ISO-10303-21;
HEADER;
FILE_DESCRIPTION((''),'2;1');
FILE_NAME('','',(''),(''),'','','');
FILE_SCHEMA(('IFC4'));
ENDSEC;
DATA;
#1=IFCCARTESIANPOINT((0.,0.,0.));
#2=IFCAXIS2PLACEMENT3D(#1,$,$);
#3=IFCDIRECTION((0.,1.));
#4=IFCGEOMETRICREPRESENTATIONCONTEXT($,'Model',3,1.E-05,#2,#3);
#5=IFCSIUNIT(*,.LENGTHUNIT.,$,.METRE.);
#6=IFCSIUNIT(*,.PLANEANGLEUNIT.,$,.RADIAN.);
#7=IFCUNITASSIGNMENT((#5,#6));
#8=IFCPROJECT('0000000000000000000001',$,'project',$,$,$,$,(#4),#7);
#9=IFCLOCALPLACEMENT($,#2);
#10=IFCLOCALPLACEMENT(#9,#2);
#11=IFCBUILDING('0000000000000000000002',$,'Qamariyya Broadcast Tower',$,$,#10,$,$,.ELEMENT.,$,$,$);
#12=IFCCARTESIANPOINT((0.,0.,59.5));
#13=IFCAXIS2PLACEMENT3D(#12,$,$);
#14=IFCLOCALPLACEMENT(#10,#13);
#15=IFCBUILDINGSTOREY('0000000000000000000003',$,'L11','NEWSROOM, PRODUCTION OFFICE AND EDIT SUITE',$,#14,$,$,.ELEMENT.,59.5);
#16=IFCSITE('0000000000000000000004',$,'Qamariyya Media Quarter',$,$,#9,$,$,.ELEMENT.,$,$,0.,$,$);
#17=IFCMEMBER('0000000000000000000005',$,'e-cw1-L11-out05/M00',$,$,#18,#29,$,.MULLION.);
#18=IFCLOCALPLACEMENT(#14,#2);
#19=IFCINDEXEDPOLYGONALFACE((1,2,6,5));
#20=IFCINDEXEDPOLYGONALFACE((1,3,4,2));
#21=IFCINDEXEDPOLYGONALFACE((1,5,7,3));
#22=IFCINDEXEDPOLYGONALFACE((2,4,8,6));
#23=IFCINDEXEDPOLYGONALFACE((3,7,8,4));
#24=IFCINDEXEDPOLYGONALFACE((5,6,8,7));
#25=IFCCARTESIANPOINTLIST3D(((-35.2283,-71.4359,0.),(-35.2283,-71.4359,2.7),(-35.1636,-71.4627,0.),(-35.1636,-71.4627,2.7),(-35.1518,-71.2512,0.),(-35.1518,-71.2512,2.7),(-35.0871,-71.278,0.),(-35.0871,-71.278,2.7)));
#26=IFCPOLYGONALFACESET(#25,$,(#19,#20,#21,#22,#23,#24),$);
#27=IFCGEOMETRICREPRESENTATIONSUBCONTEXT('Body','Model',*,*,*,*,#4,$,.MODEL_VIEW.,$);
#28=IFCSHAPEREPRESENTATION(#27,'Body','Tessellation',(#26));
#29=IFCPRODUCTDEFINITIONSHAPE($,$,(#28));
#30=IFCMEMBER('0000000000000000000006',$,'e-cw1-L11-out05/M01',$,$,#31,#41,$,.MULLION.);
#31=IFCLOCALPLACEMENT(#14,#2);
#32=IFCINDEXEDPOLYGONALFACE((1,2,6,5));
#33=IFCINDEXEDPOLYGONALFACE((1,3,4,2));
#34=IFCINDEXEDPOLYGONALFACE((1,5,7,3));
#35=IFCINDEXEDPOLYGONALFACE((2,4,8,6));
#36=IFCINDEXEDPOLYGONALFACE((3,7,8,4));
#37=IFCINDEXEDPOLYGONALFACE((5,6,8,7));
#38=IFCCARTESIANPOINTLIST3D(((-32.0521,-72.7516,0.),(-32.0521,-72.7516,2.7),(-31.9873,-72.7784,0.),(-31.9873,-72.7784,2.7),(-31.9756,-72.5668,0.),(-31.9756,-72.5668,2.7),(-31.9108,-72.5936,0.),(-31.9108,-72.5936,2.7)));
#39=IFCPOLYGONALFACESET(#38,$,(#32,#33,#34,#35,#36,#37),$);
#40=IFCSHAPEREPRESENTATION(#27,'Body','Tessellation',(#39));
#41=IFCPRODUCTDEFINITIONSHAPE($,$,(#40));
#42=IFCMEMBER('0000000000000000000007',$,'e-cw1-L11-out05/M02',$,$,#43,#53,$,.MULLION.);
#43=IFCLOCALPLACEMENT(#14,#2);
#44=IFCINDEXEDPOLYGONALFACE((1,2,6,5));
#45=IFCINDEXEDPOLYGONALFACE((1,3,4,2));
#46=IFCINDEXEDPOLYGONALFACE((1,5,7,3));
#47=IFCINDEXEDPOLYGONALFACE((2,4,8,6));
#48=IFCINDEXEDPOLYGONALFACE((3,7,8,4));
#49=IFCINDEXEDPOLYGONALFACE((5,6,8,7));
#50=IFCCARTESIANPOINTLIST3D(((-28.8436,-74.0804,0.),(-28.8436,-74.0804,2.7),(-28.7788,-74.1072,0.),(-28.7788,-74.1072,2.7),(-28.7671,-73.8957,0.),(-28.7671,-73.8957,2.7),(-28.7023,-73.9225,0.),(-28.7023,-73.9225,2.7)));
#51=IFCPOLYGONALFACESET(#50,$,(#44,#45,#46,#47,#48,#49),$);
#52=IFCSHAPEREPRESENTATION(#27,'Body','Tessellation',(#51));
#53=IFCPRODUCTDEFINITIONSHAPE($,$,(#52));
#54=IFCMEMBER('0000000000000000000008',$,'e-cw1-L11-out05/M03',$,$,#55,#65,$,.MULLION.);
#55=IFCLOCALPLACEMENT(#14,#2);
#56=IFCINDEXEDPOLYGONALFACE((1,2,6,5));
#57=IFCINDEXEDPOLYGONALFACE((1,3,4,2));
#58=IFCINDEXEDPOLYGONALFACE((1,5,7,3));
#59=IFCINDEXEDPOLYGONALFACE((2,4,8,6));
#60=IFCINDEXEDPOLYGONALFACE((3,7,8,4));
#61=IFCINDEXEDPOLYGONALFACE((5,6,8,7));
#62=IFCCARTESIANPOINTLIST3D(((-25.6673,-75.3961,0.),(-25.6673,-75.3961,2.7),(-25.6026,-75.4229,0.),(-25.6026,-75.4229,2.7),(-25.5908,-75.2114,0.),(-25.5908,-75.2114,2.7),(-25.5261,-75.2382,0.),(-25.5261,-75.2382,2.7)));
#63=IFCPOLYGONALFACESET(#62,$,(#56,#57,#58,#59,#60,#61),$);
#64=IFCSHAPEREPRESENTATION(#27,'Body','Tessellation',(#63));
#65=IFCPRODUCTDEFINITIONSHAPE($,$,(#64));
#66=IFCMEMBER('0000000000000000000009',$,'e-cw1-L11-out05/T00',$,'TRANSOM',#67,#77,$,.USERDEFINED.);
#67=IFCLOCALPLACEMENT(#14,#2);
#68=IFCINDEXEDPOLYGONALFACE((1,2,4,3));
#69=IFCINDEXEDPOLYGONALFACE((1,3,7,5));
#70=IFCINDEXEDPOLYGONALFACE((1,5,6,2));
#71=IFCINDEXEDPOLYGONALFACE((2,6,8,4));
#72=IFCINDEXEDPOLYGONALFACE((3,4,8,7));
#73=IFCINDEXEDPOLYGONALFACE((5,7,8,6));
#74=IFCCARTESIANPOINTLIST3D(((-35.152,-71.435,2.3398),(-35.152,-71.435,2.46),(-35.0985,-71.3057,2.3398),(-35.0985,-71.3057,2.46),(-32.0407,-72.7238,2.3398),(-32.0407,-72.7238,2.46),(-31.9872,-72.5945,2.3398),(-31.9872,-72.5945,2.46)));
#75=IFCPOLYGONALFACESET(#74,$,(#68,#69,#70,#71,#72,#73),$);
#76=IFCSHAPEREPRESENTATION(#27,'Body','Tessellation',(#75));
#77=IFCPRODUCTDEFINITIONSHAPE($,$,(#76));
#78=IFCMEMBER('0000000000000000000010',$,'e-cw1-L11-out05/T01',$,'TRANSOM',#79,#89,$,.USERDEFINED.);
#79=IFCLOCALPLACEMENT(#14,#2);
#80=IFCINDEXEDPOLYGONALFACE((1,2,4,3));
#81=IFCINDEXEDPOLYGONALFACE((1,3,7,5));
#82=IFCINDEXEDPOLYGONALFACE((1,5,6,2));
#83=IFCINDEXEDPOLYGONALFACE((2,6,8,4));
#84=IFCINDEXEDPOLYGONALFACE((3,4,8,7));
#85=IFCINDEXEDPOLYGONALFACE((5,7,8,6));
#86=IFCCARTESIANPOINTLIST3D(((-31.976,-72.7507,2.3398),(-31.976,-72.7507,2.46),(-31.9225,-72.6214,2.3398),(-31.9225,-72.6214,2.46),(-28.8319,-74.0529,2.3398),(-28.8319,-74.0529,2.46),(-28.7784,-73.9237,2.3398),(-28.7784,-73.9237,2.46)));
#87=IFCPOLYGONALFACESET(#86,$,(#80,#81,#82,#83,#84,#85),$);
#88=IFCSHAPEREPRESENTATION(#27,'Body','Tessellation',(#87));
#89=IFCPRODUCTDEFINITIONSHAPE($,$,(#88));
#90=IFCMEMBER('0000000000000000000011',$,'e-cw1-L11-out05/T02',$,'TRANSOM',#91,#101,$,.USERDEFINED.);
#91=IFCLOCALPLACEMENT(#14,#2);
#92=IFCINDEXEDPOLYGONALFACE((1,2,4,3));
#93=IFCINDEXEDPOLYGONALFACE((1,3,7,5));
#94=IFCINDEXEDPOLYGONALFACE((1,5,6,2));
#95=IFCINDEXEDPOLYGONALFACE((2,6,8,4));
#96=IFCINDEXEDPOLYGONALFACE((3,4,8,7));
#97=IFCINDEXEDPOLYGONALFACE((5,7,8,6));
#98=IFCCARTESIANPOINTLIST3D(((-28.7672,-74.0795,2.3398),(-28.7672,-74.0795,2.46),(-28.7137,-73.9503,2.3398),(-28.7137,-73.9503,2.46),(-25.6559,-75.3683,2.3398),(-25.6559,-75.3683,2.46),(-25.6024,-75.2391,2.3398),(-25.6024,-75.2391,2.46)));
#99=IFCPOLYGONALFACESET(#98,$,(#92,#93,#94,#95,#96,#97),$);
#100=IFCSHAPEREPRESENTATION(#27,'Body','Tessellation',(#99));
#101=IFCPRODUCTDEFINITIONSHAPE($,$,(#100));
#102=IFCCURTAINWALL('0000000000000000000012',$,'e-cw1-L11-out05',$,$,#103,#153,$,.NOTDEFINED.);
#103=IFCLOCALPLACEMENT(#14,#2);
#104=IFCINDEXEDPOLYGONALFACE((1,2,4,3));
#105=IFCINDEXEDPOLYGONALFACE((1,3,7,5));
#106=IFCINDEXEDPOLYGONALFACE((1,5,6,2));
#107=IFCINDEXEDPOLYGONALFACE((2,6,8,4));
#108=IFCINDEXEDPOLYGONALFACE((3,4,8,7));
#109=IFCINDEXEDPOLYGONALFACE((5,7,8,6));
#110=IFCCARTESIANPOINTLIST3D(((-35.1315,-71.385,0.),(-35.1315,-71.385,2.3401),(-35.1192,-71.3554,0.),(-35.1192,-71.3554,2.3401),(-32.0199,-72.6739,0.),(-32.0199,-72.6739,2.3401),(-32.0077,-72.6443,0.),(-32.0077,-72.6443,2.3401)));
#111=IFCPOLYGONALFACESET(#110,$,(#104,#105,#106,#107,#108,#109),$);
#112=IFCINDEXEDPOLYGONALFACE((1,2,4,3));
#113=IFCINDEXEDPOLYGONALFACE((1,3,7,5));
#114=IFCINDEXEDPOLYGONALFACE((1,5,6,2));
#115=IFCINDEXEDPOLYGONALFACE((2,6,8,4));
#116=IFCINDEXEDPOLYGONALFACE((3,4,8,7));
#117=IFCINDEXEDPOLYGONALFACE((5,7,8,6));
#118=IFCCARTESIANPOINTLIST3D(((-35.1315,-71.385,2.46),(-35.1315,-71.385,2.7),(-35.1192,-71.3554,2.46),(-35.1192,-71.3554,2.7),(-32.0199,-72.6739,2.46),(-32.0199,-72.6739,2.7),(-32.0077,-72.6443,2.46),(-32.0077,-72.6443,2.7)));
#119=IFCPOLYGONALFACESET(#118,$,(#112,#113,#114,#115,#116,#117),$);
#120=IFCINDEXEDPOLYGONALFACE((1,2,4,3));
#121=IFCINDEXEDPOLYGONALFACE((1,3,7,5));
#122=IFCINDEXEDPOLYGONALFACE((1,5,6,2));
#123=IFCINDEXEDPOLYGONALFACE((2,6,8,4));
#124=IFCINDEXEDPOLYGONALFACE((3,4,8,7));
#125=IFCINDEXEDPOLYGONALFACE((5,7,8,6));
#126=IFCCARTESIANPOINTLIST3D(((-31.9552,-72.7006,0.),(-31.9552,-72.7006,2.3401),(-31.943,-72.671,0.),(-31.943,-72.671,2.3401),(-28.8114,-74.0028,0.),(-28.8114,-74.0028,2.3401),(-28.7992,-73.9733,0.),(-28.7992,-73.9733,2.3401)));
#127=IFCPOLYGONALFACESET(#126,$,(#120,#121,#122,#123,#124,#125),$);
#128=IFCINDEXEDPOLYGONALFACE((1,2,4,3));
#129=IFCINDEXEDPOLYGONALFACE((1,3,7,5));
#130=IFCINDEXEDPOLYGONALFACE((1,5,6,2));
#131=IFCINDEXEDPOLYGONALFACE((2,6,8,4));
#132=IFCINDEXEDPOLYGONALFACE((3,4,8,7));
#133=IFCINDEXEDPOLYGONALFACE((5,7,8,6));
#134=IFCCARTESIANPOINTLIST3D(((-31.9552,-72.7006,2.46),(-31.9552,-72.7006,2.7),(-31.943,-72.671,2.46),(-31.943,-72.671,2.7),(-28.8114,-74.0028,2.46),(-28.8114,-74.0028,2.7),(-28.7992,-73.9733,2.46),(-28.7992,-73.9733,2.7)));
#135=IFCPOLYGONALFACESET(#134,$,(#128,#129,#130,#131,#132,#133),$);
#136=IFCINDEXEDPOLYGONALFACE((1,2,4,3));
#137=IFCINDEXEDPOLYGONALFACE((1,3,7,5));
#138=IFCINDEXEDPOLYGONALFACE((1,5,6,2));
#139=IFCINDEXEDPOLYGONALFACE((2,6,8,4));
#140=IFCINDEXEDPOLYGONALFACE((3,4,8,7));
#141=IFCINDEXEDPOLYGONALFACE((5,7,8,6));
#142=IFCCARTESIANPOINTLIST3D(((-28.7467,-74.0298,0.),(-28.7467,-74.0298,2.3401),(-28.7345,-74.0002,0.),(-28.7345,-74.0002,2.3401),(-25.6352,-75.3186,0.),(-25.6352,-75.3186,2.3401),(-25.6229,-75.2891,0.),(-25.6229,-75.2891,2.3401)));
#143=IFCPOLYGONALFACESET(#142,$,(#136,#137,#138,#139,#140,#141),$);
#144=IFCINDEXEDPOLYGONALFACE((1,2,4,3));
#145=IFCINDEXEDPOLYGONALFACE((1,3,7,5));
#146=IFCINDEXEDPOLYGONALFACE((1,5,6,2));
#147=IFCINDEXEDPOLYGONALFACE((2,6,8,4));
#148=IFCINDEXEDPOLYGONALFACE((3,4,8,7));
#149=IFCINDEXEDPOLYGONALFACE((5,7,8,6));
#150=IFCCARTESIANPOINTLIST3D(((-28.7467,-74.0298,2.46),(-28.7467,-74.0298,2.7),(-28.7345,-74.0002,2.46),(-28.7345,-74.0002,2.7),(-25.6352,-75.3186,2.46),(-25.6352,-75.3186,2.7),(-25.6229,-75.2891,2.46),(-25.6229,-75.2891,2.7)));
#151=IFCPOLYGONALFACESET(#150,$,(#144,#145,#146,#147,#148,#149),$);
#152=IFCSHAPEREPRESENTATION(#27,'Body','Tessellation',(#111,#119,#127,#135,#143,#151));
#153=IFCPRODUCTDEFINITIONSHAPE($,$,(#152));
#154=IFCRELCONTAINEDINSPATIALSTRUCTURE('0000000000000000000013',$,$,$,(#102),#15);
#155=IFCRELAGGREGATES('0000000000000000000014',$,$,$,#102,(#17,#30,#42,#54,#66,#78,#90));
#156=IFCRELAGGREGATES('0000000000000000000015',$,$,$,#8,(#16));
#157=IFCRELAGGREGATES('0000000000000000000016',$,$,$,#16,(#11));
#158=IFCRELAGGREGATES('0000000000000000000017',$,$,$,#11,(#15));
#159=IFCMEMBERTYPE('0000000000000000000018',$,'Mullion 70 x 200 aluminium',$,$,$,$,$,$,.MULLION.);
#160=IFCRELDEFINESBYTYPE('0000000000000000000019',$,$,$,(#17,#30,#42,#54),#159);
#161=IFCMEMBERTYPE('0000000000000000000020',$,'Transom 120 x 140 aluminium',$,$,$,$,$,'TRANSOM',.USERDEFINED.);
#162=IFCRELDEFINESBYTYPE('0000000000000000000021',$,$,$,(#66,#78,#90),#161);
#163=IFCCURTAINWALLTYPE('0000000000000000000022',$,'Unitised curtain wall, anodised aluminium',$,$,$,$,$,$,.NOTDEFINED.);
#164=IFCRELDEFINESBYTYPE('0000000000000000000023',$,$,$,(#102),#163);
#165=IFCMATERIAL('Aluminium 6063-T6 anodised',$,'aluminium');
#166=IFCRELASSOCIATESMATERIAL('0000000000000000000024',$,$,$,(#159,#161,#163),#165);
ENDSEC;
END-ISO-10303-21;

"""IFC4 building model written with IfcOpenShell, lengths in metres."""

from ifc_helpers import new_model, si_unit, direction, frame, origin, origin_2d, place, context, subcontext, project, spatial, rectangle, extrude, material, material_profile, profile_set, type_object, element, aggregate, save


model = new_model("IFC4")

# Units and contexts
model_context = context("Model", 3, precision=1e-05, world=origin(), true_north=direction((0.0, 1.0)))
body_context = subcontext(model_context, "Body", "Model", "MODEL_VIEW")
ifc_project = project(units=[si_unit("LENGTHUNIT", "METRE"), si_unit("PLANEANGLEUNIT", "RADIAN")], contexts=[model_context])

# Members
ifc_material_1 = material(Name="Aluminium 6063-T6 anodised", Category="aluminium")
ifc_material_profile_1 = material_profile(ifc_material_1, rectangle(XDim=0.2, YDim=0.0701, at=origin_2d()))
ifc_profile_set_1 = profile_set([ifc_material_profile_1], Name="Aluminium 6063-T6 anodised")
member_type_1 = type_object("IfcMemberType", Name="Mullion 70 x 200 aluminium", PredefinedType="MULLION", material=ifc_profile_set_1)
site_placement = place(None, origin())
building_placement = place(site_placement, origin())
storey_placement = place(building_placement, frame((0.0, 0.0, 59.5)))
member_1_placement = place(storey_placement, frame((-35.1577, -71.3569, 0.0), z_axis=(0.0, 0.0, 1.0), x_axis=(0.382683, 0.92388, 0.0)))
member_1 = element("IfcMember", 1, at=member_1_placement, type_object=member_type_1, Name="e-cw1-L11-out05/M00", PredefinedType="MULLION", context=body_context, shape_type="SweptSolid", body=[
    extrude(rectangle(XDim=0.2, YDim=0.0701, at=origin_2d()), origin(), (0.0, 0.0, 1.0), 2.7),
])
member_2_placement = place(storey_placement, frame((-31.9814, -72.6726, 0.0), z_axis=(0.0, 0.0, 1.0), x_axis=(0.382683, 0.92388, 0.0)))
member_2 = element("IfcMember", 2, at=member_2_placement, type_object=member_type_1, Name="e-cw1-L11-out05/M01", PredefinedType="MULLION", context=body_context, shape_type="SweptSolid", body=[
    extrude(rectangle(XDim=0.2, YDim=0.0701, at=origin_2d()), origin(), (0.0, 0.0, 1.0), 2.7),
])
member_3_placement = place(storey_placement, frame((-28.7729, -74.0015, 0.0), z_axis=(0.0, 0.0, 1.0), x_axis=(0.382683, 0.92388, 0.0)))
member_3 = element("IfcMember", 3, at=member_3_placement, type_object=member_type_1, Name="e-cw1-L11-out05/M02", PredefinedType="MULLION", context=body_context, shape_type="SweptSolid", body=[
    extrude(rectangle(XDim=0.2, YDim=0.0701, at=origin_2d()), origin(), (0.0, 0.0, 1.0), 2.7),
])
member_4_placement = place(storey_placement, frame((-25.5967, -75.3171, 0.0), z_axis=(0.0, 0.0, 1.0), x_axis=(0.382683, 0.92388, 0.0)))
member_4 = element("IfcMember", 4, at=member_4_placement, type_object=member_type_1, Name="e-cw1-L11-out05/M03", PredefinedType="MULLION", context=body_context, shape_type="SweptSolid", body=[
    extrude(rectangle(XDim=0.2, YDim=0.0701, at=origin_2d()), origin(), (0.0, 0.0, 1.0), 2.7),
])
ifc_material_profile_2 = material_profile(ifc_material_1, rectangle(XDim=0.1399, YDim=0.1201, at=origin_2d()))
ifc_profile_set_2 = profile_set([ifc_material_profile_2], Name="Aluminium 6063-T6 anodised")
member_type_2 = type_object("IfcMemberType", Name="Transom 120 x 140 aluminium", ElementType="TRANSOM", PredefinedType="USERDEFINED", material=ifc_profile_set_2)
member_5_placement = place(storey_placement, frame((-35.1252, -71.3704, 2.3999), z_axis=(0.923873, -0.3827, 0.0), x_axis=(0.3827, 0.923873, 0.0)))
member_5 = element("IfcMember", 5, at=member_5_placement, type_object=member_type_2, Name="e-cw1-L11-out05/T00", ObjectType="TRANSOM", PredefinedType="USERDEFINED", context=body_context, shape_type="SweptSolid", body=[
    extrude(rectangle(XDim=0.1399, YDim=0.1201, at=origin_2d()), origin(), (0.0, 0.0, 1.0), 3.3677),
])
member_6_placement = place(storey_placement, frame((-31.9492, -72.686, 2.3999), z_axis=(0.923886, -0.382669, 0.0), x_axis=(0.382669, 0.923886, 0.0)))
member_6 = element("IfcMember", 6, at=member_6_placement, type_object=member_type_2, Name="e-cw1-L11-out05/T01", ObjectType="TRANSOM", PredefinedType="USERDEFINED", context=body_context, shape_type="SweptSolid", body=[
    extrude(rectangle(XDim=0.1399, YDim=0.1201, at=origin_2d()), origin(), (0.0, 0.0, 1.0), 3.4031),
])
member_7_placement = place(storey_placement, frame((-28.7405, -74.0149, 2.3999), z_axis=(0.923873, -0.3827, 0.0), x_axis=(0.3827, 0.923873, 0.0)))
member_7 = element("IfcMember", 7, at=member_7_placement, type_object=member_type_2, Name="e-cw1-L11-out05/T02", ObjectType="TRANSOM", PredefinedType="USERDEFINED", context=body_context, shape_type="SweptSolid", body=[
    extrude(rectangle(XDim=0.1399, YDim=0.1201, at=origin_2d()), origin(), (0.0, 0.0, 1.0), 3.3677),
])

# Site, building, storey
site = spatial("IfcSite", under=ifc_project, at=site_placement, Name="Qamariyya Media Quarter", CompositionType="ELEMENT", RefElevation=0.0)
building = spatial("IfcBuilding", under=site, at=building_placement, Name="Qamariyya Broadcast Tower", CompositionType="ELEMENT")
storey = spatial("IfcBuildingStorey", under=building, at=storey_placement, Name="L11", Description="NEWSROOM, PRODUCTION OFFICE AND EDIT SUITE", CompositionType="ELEMENT", Elevation=59.5)

# Curtain wall
curtain_wall_type = type_object("IfcCurtainWallType", Name="Unitised curtain wall, anodised aluminium", PredefinedType="NOTDEFINED", material=ifc_material_1)
curtain_wall_1_placement = place(storey_placement, origin())
curtain_wall_1 = element("IfcCurtainWall", 8, at=curtain_wall_1_placement, inside=storey, type_object=curtain_wall_type, Name="e-cw1-L11-out05", PredefinedType="NOTDEFINED", context=body_context, shape_type="SweptSolid", body=[
    extrude(rectangle(XDim=3.3679, YDim=0.032, at=origin_2d()), frame((-33.5696, -72.0146, 0.0), x_axis=(0.923878, -0.382688, 0.0)), (0.0, 0.0, 1.0), 2.3401),
    extrude(rectangle(XDim=3.3679, YDim=0.032, at=origin_2d()), frame((-33.5696, -72.0146, 2.46), x_axis=(0.923878, -0.382688, 0.0)), (0.0, 0.0, 1.0), 0.24),
    extrude(rectangle(XDim=3.4028, YDim=0.032, at=origin_2d()), frame((-30.3772, -73.3369, 0.0), x_axis=(0.923878, -0.382688, 0.0)), (0.0, 0.0, 1.0), 2.3401),
    extrude(rectangle(XDim=3.4028, YDim=0.032, at=origin_2d()), frame((-30.3772, -73.3369, 2.46), x_axis=(0.923878, -0.382688, 0.0)), (0.0, 0.0, 1.0), 0.24),
    extrude(rectangle(XDim=3.3679, YDim=0.032, at=origin_2d()), frame((-27.1848, -74.6594, 0.0), x_axis=(0.923878, -0.382688, 0.0)), (0.0, 0.0, 1.0), 2.3401),
    extrude(rectangle(XDim=3.3679, YDim=0.032, at=origin_2d()), frame((-27.1848, -74.6594, 2.46), x_axis=(0.923878, -0.382688, 0.0)), (0.0, 0.0, 1.0), 0.24),
])
aggregate(curtain_wall_1, [member_1, member_2, member_3, member_4, member_5, member_6, member_7])

save(model, "model.ifc")
